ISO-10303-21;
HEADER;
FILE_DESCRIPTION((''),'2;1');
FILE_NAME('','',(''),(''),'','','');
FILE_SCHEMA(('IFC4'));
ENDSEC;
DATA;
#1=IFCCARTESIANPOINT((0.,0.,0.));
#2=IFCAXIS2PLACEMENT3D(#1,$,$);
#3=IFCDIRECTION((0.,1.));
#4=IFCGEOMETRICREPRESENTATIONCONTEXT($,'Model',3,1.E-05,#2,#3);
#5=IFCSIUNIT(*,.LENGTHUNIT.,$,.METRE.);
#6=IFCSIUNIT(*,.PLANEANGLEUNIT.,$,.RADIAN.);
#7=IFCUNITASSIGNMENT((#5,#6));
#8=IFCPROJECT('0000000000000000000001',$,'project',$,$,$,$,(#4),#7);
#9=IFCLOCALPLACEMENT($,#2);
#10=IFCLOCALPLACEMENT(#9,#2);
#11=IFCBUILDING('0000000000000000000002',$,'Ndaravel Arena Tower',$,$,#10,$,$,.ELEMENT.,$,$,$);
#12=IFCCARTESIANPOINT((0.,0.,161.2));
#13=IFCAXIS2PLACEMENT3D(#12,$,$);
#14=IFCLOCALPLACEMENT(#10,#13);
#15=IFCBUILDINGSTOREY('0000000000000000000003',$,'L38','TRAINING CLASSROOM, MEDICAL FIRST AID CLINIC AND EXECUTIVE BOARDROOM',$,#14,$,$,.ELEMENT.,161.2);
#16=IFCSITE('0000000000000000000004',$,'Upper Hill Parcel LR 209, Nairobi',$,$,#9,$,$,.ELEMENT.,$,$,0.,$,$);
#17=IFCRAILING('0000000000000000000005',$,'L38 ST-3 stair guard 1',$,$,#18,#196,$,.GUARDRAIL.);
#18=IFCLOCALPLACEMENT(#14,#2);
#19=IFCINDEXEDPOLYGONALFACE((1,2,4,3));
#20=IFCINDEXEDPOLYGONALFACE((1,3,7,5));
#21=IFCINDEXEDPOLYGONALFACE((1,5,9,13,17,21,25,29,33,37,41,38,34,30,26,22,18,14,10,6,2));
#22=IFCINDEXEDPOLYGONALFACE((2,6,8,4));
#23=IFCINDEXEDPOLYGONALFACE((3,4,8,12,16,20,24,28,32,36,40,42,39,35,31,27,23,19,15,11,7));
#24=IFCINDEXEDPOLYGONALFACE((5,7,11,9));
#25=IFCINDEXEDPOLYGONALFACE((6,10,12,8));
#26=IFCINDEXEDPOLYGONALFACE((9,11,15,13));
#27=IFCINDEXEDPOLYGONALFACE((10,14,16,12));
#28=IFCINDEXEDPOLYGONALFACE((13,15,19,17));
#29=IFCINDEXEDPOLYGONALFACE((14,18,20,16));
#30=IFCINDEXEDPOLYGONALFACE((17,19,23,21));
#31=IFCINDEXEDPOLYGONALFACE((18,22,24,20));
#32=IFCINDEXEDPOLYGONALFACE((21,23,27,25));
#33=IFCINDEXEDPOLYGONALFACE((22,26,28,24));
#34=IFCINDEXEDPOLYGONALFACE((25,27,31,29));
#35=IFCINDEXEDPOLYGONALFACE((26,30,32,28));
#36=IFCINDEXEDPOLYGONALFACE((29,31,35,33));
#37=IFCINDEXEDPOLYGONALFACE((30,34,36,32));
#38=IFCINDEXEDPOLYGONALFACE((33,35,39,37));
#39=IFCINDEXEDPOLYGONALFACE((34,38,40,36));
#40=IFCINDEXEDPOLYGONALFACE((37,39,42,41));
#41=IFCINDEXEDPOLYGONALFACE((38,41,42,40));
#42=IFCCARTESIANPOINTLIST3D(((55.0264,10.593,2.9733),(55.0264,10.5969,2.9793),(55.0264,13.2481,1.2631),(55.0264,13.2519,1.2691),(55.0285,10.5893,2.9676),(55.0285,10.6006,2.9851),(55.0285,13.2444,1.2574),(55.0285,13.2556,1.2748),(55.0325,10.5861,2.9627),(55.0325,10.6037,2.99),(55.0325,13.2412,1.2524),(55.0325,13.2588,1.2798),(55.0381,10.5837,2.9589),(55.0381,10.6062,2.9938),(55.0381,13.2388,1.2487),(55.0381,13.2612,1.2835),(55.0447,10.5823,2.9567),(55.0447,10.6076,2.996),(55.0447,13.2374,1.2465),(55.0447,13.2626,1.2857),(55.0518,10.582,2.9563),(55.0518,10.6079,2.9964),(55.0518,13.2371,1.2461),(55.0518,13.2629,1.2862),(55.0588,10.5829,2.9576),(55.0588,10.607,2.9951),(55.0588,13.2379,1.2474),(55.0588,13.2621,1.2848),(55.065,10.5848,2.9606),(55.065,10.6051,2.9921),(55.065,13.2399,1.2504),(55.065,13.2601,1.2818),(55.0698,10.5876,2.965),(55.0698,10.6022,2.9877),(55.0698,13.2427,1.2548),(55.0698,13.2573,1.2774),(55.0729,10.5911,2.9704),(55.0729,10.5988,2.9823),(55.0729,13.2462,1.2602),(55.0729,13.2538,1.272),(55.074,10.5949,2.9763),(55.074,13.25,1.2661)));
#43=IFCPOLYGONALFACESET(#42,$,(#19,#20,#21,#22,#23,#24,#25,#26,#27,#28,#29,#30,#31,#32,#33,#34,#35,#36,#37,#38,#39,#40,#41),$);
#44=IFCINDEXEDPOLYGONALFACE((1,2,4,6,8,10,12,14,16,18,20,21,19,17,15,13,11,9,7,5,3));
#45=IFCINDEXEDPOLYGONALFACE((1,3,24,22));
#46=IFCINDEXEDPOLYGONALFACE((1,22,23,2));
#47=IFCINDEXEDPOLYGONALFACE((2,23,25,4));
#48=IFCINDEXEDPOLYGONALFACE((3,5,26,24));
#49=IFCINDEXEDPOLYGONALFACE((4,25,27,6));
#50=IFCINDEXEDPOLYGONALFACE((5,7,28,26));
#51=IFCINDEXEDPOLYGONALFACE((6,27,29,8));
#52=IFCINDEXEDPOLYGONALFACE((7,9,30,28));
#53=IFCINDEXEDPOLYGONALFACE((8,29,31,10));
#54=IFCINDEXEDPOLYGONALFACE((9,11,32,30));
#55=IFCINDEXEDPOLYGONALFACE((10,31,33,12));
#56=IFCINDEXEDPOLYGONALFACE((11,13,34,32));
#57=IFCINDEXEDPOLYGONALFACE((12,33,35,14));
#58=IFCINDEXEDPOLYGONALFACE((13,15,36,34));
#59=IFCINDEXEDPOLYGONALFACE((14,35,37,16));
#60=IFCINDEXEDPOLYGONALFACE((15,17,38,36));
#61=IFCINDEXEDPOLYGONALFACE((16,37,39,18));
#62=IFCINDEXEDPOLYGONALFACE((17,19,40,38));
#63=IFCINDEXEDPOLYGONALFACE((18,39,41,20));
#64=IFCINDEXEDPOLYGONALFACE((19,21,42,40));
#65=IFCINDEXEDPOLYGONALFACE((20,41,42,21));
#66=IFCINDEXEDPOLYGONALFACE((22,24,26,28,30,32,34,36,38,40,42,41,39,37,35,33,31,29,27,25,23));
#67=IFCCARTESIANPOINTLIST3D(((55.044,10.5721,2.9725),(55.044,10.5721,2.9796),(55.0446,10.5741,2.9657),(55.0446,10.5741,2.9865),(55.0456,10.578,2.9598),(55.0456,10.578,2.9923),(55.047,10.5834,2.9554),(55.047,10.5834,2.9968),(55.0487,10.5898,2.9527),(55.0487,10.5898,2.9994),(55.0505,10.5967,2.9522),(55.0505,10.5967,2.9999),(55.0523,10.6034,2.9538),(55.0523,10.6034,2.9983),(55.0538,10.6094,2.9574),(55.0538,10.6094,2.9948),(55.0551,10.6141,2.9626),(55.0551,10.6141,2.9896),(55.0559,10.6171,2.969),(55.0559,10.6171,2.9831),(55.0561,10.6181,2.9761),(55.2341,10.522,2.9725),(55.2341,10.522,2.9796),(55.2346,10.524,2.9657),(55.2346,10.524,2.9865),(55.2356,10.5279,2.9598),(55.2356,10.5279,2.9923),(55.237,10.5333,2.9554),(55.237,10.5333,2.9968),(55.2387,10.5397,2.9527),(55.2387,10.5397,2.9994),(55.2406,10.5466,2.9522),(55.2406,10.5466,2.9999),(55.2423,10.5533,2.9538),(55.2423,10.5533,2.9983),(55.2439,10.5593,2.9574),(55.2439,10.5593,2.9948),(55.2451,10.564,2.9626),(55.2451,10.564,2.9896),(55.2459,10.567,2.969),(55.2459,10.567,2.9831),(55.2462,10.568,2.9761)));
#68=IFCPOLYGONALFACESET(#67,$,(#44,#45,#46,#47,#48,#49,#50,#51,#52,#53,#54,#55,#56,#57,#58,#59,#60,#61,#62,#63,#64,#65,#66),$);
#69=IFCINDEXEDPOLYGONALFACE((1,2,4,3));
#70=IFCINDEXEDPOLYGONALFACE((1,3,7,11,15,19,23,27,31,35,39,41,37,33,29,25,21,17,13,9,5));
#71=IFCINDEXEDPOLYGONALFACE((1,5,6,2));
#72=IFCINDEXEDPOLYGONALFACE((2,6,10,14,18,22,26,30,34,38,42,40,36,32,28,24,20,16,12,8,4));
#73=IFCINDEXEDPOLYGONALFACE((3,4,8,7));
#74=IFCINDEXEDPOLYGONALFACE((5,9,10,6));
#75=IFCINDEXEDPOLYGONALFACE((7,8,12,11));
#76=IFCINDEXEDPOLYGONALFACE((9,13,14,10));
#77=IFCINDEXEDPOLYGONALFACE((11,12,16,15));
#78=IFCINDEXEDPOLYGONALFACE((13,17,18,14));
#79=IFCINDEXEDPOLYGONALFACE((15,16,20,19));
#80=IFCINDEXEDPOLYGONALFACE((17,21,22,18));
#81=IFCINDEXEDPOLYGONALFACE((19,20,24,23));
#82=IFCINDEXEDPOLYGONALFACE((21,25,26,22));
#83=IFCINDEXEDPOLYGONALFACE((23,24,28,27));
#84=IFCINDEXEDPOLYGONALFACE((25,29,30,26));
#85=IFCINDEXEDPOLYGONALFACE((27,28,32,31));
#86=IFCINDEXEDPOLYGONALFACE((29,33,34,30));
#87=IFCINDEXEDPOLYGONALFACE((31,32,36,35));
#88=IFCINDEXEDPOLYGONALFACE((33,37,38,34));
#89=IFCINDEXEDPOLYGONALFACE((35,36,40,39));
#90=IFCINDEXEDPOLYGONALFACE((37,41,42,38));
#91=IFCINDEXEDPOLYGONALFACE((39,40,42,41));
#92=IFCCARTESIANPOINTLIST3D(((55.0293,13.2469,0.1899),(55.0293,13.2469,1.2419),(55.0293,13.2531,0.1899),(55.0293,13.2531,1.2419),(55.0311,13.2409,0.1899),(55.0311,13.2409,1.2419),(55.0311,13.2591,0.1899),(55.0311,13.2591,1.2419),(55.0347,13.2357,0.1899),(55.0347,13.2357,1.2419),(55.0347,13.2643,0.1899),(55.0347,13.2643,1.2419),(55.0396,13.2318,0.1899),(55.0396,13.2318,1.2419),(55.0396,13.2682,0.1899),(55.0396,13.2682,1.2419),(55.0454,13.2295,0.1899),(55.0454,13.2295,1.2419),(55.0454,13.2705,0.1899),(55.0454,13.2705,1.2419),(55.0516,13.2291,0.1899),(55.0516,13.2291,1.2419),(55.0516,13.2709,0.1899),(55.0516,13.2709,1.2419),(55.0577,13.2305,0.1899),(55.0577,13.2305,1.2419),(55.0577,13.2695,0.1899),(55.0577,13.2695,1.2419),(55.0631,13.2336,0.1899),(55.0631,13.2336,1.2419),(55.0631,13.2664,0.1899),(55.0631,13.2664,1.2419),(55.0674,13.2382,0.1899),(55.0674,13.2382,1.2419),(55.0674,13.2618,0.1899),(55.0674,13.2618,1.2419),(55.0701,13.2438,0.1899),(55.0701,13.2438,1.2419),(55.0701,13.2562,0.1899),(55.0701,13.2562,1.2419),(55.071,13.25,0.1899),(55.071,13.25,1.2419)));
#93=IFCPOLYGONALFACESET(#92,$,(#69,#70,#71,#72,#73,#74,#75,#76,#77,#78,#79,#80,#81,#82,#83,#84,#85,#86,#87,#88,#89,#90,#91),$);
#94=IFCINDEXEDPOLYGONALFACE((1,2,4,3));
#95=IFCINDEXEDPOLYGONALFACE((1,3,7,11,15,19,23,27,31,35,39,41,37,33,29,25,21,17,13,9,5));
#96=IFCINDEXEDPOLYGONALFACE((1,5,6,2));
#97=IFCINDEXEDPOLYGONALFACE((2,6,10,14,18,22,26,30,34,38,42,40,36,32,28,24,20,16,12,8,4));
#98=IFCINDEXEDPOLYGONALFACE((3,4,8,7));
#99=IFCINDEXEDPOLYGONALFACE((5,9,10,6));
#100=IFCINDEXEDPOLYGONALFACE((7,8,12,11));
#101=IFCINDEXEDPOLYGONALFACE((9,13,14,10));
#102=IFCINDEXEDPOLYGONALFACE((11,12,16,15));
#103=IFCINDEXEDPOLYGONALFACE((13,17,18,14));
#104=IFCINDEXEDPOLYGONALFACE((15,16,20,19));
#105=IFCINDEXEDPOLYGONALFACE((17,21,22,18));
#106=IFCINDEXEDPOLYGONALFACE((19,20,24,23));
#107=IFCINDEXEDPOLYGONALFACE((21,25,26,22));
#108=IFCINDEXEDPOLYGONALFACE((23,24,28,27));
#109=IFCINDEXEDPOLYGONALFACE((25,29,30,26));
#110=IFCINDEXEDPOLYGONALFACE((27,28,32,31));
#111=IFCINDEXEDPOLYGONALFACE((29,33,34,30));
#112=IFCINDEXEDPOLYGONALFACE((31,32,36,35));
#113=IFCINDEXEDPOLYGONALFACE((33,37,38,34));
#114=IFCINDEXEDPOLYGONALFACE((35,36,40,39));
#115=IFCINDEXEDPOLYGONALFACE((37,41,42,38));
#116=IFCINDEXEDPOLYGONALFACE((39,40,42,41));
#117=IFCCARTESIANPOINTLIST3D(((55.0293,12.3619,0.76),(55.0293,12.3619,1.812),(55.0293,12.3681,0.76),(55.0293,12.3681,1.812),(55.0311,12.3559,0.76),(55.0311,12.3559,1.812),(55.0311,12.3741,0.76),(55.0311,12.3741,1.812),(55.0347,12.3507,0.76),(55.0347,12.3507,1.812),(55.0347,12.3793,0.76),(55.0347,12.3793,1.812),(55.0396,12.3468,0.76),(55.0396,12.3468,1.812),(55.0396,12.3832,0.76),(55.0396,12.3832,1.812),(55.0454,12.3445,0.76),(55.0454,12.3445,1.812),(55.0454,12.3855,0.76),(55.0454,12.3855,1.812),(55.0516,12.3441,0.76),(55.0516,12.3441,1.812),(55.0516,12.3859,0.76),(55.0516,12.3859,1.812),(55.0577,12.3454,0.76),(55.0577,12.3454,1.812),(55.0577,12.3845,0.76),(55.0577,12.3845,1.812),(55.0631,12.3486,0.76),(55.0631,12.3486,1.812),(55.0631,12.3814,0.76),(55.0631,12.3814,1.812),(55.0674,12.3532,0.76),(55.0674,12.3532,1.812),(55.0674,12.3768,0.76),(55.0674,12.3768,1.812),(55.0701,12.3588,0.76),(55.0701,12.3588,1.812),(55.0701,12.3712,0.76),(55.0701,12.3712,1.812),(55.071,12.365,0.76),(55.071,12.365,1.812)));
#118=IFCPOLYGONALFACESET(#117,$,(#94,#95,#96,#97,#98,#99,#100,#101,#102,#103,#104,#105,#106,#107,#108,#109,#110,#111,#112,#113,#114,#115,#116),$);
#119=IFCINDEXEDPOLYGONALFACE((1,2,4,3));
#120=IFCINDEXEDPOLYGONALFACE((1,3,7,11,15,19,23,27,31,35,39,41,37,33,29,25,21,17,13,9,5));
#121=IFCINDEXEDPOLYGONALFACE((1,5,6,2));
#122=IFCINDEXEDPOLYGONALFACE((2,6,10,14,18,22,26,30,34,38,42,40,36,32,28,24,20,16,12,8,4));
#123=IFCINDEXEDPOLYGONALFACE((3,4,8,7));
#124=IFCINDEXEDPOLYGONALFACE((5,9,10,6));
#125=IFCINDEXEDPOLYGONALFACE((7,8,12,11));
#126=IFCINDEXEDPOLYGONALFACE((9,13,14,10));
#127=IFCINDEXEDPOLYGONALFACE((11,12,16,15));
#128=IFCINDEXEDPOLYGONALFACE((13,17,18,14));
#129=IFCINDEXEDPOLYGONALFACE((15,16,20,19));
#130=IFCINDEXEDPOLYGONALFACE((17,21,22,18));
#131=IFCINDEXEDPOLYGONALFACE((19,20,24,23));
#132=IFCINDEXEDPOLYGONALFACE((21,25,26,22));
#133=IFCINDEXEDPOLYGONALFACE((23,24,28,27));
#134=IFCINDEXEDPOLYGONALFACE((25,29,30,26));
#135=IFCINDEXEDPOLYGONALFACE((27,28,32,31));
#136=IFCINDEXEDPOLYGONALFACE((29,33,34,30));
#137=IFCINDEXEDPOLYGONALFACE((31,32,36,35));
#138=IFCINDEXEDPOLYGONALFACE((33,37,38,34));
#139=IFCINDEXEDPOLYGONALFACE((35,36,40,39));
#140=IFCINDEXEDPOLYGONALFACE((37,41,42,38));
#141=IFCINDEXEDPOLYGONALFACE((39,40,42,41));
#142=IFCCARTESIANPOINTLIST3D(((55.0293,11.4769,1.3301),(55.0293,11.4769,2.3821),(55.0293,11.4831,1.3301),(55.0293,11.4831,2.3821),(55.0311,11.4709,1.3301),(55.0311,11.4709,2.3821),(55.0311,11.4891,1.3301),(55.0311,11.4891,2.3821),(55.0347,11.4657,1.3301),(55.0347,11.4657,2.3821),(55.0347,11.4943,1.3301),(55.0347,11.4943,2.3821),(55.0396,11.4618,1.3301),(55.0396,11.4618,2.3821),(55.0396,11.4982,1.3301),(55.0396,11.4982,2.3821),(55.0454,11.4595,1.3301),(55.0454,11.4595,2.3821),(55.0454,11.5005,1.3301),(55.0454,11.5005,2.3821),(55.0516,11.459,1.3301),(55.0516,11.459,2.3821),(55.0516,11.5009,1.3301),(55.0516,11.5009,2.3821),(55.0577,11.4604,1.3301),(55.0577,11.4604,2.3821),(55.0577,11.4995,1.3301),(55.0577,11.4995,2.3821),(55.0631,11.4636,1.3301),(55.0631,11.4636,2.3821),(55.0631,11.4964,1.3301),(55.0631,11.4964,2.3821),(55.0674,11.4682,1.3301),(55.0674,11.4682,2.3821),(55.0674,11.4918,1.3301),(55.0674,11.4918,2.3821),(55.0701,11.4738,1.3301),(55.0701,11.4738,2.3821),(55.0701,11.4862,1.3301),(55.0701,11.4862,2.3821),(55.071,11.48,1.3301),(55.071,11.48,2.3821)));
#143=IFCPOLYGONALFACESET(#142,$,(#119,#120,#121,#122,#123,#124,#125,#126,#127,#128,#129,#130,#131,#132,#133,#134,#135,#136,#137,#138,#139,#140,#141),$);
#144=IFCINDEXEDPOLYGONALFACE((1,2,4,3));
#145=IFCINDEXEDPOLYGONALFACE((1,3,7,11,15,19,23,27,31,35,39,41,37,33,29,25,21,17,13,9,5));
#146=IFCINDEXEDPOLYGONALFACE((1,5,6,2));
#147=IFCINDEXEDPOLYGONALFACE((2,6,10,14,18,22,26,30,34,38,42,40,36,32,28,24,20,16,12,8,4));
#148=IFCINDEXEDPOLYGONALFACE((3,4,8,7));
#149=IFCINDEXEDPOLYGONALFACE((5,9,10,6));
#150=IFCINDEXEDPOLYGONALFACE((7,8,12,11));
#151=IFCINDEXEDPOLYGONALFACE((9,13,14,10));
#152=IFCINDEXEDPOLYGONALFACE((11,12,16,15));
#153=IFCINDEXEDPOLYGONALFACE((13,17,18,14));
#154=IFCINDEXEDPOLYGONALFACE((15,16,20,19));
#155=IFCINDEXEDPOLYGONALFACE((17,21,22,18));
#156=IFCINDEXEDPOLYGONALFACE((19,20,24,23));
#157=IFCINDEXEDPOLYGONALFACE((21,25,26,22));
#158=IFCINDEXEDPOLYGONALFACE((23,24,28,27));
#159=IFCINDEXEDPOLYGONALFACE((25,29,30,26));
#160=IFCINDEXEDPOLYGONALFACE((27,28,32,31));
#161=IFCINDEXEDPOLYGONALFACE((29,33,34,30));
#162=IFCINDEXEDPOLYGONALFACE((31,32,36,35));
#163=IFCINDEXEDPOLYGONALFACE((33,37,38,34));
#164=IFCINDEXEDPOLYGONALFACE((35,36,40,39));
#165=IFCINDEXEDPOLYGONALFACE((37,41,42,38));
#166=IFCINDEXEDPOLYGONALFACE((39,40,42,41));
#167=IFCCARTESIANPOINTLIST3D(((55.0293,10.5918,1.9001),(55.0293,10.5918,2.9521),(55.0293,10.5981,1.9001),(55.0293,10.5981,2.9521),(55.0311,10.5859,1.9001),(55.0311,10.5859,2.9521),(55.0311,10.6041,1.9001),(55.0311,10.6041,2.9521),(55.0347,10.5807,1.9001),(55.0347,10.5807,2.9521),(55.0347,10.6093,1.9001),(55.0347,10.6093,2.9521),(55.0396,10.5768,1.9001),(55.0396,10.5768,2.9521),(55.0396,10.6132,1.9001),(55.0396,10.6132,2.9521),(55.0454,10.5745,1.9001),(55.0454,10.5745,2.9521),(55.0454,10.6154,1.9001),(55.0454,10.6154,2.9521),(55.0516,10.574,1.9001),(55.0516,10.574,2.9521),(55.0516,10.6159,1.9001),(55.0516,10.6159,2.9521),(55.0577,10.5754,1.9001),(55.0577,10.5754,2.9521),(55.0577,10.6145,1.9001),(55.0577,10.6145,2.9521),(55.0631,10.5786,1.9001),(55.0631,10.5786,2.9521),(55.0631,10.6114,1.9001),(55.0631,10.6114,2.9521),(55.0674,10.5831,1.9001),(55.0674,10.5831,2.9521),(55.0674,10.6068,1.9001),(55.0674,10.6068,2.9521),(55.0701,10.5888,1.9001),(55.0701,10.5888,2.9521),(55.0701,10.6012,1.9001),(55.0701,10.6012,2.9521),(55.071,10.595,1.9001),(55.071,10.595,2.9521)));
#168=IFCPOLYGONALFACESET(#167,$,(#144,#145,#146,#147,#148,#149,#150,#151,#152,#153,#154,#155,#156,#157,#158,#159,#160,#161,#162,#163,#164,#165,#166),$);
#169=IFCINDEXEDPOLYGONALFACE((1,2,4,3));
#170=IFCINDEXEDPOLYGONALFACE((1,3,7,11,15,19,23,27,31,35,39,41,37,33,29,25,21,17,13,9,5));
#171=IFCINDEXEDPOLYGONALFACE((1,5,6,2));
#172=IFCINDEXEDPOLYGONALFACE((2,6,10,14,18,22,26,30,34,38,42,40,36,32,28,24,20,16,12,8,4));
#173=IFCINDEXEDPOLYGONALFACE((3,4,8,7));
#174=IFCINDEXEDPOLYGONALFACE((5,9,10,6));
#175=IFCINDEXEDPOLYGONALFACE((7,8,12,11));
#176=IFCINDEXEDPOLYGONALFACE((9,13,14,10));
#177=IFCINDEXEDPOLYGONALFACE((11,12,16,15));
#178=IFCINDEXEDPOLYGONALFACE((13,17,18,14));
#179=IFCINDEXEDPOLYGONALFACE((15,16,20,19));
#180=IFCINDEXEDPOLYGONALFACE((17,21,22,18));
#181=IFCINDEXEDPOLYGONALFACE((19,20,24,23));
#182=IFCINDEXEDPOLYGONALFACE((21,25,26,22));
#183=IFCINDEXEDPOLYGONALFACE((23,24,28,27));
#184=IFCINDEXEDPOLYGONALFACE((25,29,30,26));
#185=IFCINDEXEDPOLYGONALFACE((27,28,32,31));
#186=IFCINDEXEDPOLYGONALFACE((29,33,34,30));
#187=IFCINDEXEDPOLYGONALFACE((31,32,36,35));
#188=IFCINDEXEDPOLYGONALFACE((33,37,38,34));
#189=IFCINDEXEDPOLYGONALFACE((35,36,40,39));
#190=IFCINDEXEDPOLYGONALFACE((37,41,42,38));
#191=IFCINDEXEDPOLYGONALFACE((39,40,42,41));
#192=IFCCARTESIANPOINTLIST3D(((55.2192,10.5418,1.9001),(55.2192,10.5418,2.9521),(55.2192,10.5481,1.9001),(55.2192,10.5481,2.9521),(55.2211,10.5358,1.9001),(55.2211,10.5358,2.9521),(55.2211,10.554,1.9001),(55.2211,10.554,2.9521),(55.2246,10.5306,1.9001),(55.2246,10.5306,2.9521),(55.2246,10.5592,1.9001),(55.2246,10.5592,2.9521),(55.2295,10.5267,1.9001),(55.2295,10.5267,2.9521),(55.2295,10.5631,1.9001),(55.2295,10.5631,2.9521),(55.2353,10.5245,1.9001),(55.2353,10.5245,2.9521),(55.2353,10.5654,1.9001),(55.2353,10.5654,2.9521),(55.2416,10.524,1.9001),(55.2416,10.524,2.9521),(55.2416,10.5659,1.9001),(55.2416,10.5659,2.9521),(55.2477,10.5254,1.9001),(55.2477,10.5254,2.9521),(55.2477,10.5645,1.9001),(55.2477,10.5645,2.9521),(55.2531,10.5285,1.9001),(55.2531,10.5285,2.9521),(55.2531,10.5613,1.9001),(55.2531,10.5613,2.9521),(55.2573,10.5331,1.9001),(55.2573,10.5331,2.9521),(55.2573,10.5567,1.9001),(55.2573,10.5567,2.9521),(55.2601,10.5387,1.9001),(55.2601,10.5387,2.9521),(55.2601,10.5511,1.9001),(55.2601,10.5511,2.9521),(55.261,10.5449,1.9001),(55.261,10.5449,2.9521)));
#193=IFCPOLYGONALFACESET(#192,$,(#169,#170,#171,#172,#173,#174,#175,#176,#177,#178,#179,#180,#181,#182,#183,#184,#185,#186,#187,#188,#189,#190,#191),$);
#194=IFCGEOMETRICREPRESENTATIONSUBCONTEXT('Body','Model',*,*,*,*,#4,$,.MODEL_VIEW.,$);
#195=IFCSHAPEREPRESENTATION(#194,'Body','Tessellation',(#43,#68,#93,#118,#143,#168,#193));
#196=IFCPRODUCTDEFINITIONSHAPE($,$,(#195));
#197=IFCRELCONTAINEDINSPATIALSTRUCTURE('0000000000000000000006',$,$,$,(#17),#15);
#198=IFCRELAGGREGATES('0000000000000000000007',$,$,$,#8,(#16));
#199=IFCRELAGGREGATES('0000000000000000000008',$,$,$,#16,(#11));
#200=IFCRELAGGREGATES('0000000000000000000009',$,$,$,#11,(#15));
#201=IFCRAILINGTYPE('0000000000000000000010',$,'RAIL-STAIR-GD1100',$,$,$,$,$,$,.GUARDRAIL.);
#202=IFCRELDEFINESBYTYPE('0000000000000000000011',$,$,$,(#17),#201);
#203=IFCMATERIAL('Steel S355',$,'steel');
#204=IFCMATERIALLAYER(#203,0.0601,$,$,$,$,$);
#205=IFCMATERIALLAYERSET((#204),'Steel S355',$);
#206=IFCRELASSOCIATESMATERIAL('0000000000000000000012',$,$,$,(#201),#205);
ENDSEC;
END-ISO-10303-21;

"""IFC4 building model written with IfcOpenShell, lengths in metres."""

from ifc_helpers import new_model, si_unit, direction, frame, origin, origin_2d, place, context, subcontext, project, spatial, circle, extrude, material, layer, layer_set, type_object, element, save


model = new_model("IFC4")

# Units and contexts
model_context = context("Model", 3, precision=1e-05, world=origin(), true_north=direction((0.0, 1.0)))
body_context = subcontext(model_context, "Body", "Model", "MODEL_VIEW")
ifc_project = project(units=[si_unit("LENGTHUNIT", "METRE"), si_unit("PLANEANGLEUNIT", "RADIAN")], contexts=[model_context])

# Site, building, storey
site_placement = place(None, origin())
site = spatial("IfcSite", under=ifc_project, at=site_placement, Name="Upper Hill Parcel LR 209, Nairobi", CompositionType="ELEMENT", RefElevation=0.0)
building_placement = place(site_placement, origin())
building = spatial("IfcBuilding", under=site, at=building_placement, Name="Ndaravel Arena Tower", CompositionType="ELEMENT")
storey_placement = place(building_placement, frame((0.0, 0.0, 161.2)))
storey = spatial("IfcBuildingStorey", under=building, at=storey_placement, Name="L38", Description="TRAINING CLASSROOM, MEDICAL FIRST AID CLINIC AND EXECUTIVE BOARDROOM", CompositionType="ELEMENT", Elevation=161.2)

# Railing
ifc_material_1 = material(Name="Steel S355", Category="steel")
ifc_layer_1 = layer(ifc_material_1, 0.0601)
ifc_layer_set_1 = layer_set([ifc_layer_1], Name="Steel S355")
railing_type_1 = type_object("IfcRailingType", Name="RAIL-STAIR-GD1100", PredefinedType="GUARDRAIL", material=ifc_layer_set_1)
railing_1_placement = place(storey_placement, frame((55.05, 13.25, 0.1899)))
element("IfcRailing", 1, at=railing_1_placement, inside=storey, type_object=railing_type_1, Name="L38 ST-3 stair guard 1", PredefinedType="GUARDRAIL", context=body_context, shape_type="SweptSolid", body=[
    extrude(circle(Radius=0.0239, at=origin_2d()), frame((0.0, 0.0, 1.0762), z_axis=(0.0, -0.840688, 0.541519), x_axis=(1.0, 0.0, 0.0)), (0.0, 0.0, 1.0), 3.1582),
    extrude(circle(Radius=0.0239, at=origin_2d()), frame((0.0, -2.655, 2.7861), z_axis=(0.966994, -0.254799, 0.0), x_axis=(0.254799, 0.966994, 0.0)), (0.0, 0.0, 1.0), 0.1965),
    extrude(circle(Radius=0.021, at=origin_2d()), origin(), (0.0, 0.0, 1.0), 1.052),
    extrude(circle(Radius=0.021, at=origin_2d()), frame((0.0, -0.885, 0.5701)), (0.0, 0.0, 1.0), 1.052),
    extrude(circle(Radius=0.021, at=origin_2d()), frame((0.0, -1.77, 1.1401)), (0.0, 0.0, 1.0), 1.052),
    extrude(circle(Radius=0.021, at=origin_2d()), frame((0.0, -2.655, 1.7102)), (0.0, 0.0, 1.0), 1.052),
    extrude(circle(Radius=0.021, at=origin_2d()), frame((0.1899, -2.7051, 1.7102)), (0.0, 0.0, 1.0), 1.052),
])

save(model, "model.ifc")
